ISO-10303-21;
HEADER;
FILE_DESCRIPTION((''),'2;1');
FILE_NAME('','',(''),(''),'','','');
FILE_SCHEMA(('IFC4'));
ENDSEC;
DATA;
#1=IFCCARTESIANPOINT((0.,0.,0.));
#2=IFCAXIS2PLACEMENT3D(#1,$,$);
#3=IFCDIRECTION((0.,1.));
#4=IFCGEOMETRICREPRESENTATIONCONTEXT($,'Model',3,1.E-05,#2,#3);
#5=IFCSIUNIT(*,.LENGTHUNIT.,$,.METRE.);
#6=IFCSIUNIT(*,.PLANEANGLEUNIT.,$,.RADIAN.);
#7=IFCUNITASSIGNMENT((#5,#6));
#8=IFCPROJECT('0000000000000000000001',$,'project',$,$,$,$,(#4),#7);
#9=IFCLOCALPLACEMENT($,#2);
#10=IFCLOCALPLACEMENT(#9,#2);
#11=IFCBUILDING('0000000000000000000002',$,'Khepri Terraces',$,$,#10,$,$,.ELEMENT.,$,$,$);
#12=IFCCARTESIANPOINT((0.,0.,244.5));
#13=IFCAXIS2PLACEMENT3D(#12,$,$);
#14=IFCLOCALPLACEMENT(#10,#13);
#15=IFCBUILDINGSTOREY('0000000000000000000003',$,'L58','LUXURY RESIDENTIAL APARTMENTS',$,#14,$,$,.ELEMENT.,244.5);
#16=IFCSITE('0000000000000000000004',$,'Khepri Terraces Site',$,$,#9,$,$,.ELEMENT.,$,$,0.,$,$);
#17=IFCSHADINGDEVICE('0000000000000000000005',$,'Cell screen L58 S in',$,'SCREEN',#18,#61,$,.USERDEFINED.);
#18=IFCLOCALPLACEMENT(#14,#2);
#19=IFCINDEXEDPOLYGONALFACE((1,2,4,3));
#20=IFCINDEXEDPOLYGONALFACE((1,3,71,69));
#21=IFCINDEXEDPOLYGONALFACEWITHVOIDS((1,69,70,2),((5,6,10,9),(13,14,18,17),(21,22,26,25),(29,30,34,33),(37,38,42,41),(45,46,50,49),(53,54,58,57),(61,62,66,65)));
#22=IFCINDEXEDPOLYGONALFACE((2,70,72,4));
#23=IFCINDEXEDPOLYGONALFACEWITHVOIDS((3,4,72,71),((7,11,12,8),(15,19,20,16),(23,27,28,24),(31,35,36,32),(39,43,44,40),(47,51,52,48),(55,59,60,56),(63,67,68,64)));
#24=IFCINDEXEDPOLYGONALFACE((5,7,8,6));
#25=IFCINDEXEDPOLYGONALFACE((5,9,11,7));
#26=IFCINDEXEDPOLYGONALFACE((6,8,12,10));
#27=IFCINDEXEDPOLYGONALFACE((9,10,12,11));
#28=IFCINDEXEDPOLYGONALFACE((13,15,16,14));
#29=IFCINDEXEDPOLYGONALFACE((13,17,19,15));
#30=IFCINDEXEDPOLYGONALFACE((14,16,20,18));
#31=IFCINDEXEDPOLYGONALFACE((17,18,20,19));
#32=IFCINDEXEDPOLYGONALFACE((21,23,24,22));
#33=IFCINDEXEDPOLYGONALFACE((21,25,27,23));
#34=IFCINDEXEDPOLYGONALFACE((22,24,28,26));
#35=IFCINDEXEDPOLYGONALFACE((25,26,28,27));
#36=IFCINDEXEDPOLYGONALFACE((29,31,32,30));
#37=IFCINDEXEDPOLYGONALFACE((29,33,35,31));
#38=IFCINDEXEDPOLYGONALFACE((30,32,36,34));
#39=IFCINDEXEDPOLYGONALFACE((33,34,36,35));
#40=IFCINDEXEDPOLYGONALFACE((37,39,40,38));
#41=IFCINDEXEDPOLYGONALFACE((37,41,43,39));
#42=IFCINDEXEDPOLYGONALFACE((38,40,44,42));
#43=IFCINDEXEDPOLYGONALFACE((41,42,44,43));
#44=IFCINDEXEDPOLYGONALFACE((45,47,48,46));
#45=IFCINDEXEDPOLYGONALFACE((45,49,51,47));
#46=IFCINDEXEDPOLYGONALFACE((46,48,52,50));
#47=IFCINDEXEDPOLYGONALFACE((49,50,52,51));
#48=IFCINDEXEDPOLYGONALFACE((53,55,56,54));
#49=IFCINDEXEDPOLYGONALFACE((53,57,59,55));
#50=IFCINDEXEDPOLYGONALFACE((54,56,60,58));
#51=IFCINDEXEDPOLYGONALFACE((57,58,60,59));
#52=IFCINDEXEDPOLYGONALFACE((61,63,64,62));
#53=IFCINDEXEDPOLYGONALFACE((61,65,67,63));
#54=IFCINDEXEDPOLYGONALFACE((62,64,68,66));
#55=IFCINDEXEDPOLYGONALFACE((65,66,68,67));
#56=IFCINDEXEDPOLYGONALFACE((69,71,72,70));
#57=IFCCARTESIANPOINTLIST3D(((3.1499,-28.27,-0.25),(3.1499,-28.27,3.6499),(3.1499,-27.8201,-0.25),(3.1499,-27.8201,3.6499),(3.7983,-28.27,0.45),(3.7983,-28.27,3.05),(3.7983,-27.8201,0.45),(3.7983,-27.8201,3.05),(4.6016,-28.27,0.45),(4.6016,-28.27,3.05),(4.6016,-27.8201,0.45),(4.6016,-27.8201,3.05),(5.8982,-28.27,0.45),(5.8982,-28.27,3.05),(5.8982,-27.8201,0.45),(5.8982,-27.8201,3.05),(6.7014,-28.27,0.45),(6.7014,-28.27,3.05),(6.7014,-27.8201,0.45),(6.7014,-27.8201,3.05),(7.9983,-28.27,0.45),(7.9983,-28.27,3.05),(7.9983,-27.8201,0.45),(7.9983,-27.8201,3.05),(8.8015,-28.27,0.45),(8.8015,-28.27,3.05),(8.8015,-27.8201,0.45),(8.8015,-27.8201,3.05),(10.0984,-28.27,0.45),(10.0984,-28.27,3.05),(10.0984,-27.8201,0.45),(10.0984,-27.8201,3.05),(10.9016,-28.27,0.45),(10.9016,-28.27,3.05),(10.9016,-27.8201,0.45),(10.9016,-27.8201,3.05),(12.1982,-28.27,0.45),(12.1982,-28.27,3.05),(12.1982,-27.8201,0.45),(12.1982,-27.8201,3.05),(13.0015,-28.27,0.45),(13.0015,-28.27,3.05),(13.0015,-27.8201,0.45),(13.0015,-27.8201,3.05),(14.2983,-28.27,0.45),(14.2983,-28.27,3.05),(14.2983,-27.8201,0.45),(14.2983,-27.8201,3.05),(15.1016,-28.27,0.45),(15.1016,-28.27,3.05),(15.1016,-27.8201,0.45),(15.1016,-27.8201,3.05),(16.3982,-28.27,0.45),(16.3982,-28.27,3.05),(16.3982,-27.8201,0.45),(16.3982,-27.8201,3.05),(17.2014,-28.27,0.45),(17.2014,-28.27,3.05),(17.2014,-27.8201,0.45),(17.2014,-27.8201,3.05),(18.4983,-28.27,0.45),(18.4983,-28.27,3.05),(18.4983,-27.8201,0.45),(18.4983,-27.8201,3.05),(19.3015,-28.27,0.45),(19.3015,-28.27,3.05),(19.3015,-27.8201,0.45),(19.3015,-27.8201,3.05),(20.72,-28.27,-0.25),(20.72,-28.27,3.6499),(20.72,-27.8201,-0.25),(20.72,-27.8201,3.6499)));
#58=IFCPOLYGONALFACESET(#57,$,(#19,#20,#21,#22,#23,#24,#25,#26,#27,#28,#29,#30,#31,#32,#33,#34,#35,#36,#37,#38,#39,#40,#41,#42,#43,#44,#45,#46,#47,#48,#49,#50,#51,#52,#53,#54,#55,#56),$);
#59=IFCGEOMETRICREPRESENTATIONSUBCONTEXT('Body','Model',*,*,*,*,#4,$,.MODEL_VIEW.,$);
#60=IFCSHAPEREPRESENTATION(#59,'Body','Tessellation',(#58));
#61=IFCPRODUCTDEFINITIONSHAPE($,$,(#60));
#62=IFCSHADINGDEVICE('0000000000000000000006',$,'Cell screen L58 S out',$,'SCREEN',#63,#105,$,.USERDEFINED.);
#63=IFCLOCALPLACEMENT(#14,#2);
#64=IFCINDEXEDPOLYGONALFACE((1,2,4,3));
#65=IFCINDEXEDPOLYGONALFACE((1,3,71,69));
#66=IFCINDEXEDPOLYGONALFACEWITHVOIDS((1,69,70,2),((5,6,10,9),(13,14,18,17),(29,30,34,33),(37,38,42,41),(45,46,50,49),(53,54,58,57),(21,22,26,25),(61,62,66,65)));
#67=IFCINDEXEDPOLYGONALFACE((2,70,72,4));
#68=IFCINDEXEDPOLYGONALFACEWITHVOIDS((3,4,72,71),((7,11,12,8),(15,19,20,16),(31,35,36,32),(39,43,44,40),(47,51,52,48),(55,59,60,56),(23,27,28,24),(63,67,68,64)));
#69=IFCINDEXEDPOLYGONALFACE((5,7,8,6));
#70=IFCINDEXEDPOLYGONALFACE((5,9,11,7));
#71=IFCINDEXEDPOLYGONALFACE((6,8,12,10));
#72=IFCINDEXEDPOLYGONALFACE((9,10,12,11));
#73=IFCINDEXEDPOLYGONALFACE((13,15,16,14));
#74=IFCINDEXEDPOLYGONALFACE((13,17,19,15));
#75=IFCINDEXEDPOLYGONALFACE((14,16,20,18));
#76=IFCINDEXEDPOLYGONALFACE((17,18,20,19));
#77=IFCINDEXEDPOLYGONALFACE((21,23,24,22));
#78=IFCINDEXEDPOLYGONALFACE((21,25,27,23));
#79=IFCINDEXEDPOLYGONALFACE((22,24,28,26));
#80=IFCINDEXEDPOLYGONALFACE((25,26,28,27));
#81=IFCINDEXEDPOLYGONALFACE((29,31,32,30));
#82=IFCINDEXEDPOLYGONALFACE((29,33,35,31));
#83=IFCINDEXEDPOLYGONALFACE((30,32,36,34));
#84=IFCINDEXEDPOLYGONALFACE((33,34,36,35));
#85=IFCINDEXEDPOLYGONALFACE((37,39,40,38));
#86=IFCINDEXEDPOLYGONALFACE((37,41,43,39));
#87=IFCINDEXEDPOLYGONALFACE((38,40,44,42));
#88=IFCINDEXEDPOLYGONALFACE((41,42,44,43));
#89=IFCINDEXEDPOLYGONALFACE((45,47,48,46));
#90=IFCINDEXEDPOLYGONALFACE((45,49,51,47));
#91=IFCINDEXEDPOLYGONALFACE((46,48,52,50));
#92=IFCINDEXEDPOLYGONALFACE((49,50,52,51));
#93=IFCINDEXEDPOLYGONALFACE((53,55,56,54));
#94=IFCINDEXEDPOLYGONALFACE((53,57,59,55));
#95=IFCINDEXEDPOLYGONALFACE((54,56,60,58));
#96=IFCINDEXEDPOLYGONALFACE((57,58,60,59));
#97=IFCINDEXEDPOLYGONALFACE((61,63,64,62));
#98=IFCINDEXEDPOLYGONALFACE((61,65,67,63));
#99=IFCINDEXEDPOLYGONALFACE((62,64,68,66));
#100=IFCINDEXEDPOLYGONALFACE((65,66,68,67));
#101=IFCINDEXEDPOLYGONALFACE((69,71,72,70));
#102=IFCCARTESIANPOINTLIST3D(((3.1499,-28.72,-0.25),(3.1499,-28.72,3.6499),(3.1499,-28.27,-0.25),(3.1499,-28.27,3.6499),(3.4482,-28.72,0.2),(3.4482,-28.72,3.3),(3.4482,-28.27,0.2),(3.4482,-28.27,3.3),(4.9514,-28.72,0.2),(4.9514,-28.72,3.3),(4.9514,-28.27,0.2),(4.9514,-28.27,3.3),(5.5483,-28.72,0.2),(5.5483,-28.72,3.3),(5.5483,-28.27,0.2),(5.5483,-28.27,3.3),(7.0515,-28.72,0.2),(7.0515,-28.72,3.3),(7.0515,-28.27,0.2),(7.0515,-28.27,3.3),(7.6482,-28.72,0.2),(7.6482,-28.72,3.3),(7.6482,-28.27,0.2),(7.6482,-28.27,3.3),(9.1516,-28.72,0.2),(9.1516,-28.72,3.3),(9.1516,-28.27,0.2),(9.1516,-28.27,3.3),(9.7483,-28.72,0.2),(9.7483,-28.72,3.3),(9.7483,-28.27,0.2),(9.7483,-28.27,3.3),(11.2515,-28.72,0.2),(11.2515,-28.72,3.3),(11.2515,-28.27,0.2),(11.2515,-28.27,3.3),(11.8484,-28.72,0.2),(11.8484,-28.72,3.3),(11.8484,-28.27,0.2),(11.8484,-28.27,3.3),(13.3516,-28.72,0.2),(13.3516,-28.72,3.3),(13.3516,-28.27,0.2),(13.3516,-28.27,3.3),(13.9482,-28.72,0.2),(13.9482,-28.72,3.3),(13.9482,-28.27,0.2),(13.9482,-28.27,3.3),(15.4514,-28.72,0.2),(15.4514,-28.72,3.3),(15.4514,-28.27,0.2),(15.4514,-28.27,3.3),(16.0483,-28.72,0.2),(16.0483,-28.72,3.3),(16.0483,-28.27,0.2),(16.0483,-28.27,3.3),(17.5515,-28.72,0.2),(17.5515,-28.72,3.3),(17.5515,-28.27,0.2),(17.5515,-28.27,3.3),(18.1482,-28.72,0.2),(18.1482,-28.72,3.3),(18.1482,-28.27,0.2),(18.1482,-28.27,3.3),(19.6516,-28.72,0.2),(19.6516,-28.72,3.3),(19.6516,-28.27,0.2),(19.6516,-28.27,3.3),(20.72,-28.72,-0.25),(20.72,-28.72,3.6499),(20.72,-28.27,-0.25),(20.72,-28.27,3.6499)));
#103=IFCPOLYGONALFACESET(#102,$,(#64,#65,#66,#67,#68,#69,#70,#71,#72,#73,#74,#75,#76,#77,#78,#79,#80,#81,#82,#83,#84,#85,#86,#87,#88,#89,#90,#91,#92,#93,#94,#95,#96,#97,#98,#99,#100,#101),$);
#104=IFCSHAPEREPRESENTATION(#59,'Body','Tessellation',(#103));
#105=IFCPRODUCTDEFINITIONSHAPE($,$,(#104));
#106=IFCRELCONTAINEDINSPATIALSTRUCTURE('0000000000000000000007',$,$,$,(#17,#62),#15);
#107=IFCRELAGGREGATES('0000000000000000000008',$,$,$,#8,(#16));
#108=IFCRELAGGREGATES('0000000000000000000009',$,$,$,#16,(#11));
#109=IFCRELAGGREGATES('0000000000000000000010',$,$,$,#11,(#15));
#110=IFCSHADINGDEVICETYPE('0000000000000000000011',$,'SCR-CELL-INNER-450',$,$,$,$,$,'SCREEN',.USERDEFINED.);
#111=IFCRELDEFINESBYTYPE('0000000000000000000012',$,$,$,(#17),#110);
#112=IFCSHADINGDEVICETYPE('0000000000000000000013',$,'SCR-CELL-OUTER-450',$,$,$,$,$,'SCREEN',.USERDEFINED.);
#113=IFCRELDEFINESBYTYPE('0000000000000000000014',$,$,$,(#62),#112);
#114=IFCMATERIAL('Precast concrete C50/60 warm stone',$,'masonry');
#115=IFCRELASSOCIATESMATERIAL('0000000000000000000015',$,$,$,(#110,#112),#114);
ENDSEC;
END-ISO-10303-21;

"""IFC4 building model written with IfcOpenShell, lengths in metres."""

from ifc_helpers import new_model, si_unit, direction, frame, origin, place, context, subcontext, project, spatial, polyline, outline, extrude, material, type_object, element, save


model = new_model("IFC4")

# Units and contexts
model_context = context("Model", 3, precision=1e-05, world=origin(), true_north=direction((0.0, 1.0)))
body_context = subcontext(model_context, "Body", "Model", "MODEL_VIEW")
ifc_project = project(units=[si_unit("LENGTHUNIT", "METRE"), si_unit("PLANEANGLEUNIT", "RADIAN")], contexts=[model_context])

# Site, building, storey
site_placement = place(None, origin())
site = spatial("IfcSite", under=ifc_project, at=site_placement, Name="Khepri Terraces Site", CompositionType="ELEMENT", RefElevation=0.0)
building_placement = place(site_placement, origin())
building = spatial("IfcBuilding", under=site, at=building_placement, Name="Khepri Terraces", CompositionType="ELEMENT")
storey_placement = place(building_placement, frame((0.0, 0.0, 244.5)))
storey = spatial("IfcBuildingStorey", under=building, at=storey_placement, Name="L58", Description="LUXURY RESIDENTIAL APARTMENTS", CompositionType="ELEMENT", Elevation=244.5)

# Shared definitions
ifc_material_1 = material(Name="Precast concrete C50/60 warm stone", Category="masonry")

# Shading devices
shading_device_type_1 = type_object("IfcShadingDeviceType", Name="SCR-CELL-INNER-450", ElementType="SCREEN", PredefinedType="USERDEFINED", material=ifc_material_1)
shading_device_1_placement = place(storey_placement, frame((3.1499, -27.8201, -0.25), z_axis=(0.0, -1.0, 0.0), x_axis=(1.0, 0.0, 0.0)))
element("IfcShadingDevice", 1, at=shading_device_1_placement, inside=storey, type_object=shading_device_type_1, Name="Cell screen L58 S in", ObjectType="SCREEN", PredefinedType="USERDEFINED", context=body_context, shape_type="SweptSolid", body=[
    extrude(outline(polyline([(0.0, 0.0), (17.5701, 0.0), (17.5701, 3.8999), (0.0, 3.8999), (0.0, 0.0)]), holes=[polyline([(0.6484, 0.7), (1.4517, 0.7), (1.4517, 3.3), (0.6484, 3.3), (0.6484, 0.7)]), polyline([(2.7483, 0.7), (3.5515, 0.7), (3.5515, 3.3), (2.7483, 3.3), (2.7483, 0.7)]), polyline([(4.8484, 0.7), (5.6516, 0.7), (5.6516, 3.3), (4.8484, 3.3), (4.8484, 0.7)]), polyline([(6.9485, 0.7), (7.7517, 0.7), (7.7517, 3.3), (6.9485, 3.3), (6.9485, 0.7)]), polyline([(9.0483, 0.7), (9.8516, 0.7), (9.8516, 3.3), (9.0483, 3.3), (9.0483, 0.7)]), polyline([(11.1484, 0.7), (11.9517, 0.7), (11.9517, 3.3), (11.1484, 3.3), (11.1484, 0.7)]), polyline([(13.2483, 0.7), (14.0515, 0.7), (14.0515, 3.3), (13.2483, 3.3), (13.2483, 0.7)]), polyline([(15.3484, 0.7), (16.1516, 0.7), (16.1516, 3.3), (15.3484, 3.3), (15.3484, 0.7)])]), origin(), (0.0, 0.0, 1.0), 0.45),
])
shading_device_type_2 = type_object("IfcShadingDeviceType", Name="SCR-CELL-OUTER-450", ElementType="SCREEN", PredefinedType="USERDEFINED", material=ifc_material_1)
shading_device_2_placement = place(storey_placement, frame((3.1499, -28.27, -0.25), z_axis=(0.0, -1.0, 0.0), x_axis=(1.0, 0.0, 0.0)))
element("IfcShadingDevice", 2, at=shading_device_2_placement, inside=storey, type_object=shading_device_type_2, Name="Cell screen L58 S out", ObjectType="SCREEN", PredefinedType="USERDEFINED", context=body_context, shape_type="SweptSolid", body=[
    extrude(outline(polyline([(0.0, 0.0), (17.5701, 0.0), (17.5701, 3.8999), (0.0, 3.8999), (0.0, 0.0)]), holes=[polyline([(0.2983, 0.45), (1.8015, 0.45), (1.8015, 3.55), (0.2983, 3.55), (0.2983, 0.45)]), polyline([(2.3984, 0.45), (3.9016, 0.45), (3.9016, 3.55), (2.3984, 3.55), (2.3984, 0.45)]), polyline([(4.4983, 0.45), (6.0017, 0.45), (6.0017, 3.55), (4.4983, 3.55), (4.4983, 0.45)]), polyline([(6.5984, 0.45), (8.1016, 0.45), (8.1016, 3.55), (6.5984, 3.55), (6.5984, 0.45)]), polyline([(8.6985, 0.45), (10.2017, 0.45), (10.2017, 3.55), (8.6985, 3.55), (8.6985, 0.45)]), polyline([(10.7983, 0.45), (12.3015, 0.45), (12.3015, 3.55), (10.7983, 3.55), (10.7983, 0.45)]), polyline([(12.8984, 0.45), (14.4016, 0.45), (14.4016, 3.55), (12.8984, 3.55), (12.8984, 0.45)]), polyline([(14.9983, 0.45), (16.5017, 0.45), (16.5017, 3.55), (14.9983, 3.55), (14.9983, 0.45)])]), origin(), (0.0, 0.0, 1.0), 0.45),
])

save(model, "model.ifc")
